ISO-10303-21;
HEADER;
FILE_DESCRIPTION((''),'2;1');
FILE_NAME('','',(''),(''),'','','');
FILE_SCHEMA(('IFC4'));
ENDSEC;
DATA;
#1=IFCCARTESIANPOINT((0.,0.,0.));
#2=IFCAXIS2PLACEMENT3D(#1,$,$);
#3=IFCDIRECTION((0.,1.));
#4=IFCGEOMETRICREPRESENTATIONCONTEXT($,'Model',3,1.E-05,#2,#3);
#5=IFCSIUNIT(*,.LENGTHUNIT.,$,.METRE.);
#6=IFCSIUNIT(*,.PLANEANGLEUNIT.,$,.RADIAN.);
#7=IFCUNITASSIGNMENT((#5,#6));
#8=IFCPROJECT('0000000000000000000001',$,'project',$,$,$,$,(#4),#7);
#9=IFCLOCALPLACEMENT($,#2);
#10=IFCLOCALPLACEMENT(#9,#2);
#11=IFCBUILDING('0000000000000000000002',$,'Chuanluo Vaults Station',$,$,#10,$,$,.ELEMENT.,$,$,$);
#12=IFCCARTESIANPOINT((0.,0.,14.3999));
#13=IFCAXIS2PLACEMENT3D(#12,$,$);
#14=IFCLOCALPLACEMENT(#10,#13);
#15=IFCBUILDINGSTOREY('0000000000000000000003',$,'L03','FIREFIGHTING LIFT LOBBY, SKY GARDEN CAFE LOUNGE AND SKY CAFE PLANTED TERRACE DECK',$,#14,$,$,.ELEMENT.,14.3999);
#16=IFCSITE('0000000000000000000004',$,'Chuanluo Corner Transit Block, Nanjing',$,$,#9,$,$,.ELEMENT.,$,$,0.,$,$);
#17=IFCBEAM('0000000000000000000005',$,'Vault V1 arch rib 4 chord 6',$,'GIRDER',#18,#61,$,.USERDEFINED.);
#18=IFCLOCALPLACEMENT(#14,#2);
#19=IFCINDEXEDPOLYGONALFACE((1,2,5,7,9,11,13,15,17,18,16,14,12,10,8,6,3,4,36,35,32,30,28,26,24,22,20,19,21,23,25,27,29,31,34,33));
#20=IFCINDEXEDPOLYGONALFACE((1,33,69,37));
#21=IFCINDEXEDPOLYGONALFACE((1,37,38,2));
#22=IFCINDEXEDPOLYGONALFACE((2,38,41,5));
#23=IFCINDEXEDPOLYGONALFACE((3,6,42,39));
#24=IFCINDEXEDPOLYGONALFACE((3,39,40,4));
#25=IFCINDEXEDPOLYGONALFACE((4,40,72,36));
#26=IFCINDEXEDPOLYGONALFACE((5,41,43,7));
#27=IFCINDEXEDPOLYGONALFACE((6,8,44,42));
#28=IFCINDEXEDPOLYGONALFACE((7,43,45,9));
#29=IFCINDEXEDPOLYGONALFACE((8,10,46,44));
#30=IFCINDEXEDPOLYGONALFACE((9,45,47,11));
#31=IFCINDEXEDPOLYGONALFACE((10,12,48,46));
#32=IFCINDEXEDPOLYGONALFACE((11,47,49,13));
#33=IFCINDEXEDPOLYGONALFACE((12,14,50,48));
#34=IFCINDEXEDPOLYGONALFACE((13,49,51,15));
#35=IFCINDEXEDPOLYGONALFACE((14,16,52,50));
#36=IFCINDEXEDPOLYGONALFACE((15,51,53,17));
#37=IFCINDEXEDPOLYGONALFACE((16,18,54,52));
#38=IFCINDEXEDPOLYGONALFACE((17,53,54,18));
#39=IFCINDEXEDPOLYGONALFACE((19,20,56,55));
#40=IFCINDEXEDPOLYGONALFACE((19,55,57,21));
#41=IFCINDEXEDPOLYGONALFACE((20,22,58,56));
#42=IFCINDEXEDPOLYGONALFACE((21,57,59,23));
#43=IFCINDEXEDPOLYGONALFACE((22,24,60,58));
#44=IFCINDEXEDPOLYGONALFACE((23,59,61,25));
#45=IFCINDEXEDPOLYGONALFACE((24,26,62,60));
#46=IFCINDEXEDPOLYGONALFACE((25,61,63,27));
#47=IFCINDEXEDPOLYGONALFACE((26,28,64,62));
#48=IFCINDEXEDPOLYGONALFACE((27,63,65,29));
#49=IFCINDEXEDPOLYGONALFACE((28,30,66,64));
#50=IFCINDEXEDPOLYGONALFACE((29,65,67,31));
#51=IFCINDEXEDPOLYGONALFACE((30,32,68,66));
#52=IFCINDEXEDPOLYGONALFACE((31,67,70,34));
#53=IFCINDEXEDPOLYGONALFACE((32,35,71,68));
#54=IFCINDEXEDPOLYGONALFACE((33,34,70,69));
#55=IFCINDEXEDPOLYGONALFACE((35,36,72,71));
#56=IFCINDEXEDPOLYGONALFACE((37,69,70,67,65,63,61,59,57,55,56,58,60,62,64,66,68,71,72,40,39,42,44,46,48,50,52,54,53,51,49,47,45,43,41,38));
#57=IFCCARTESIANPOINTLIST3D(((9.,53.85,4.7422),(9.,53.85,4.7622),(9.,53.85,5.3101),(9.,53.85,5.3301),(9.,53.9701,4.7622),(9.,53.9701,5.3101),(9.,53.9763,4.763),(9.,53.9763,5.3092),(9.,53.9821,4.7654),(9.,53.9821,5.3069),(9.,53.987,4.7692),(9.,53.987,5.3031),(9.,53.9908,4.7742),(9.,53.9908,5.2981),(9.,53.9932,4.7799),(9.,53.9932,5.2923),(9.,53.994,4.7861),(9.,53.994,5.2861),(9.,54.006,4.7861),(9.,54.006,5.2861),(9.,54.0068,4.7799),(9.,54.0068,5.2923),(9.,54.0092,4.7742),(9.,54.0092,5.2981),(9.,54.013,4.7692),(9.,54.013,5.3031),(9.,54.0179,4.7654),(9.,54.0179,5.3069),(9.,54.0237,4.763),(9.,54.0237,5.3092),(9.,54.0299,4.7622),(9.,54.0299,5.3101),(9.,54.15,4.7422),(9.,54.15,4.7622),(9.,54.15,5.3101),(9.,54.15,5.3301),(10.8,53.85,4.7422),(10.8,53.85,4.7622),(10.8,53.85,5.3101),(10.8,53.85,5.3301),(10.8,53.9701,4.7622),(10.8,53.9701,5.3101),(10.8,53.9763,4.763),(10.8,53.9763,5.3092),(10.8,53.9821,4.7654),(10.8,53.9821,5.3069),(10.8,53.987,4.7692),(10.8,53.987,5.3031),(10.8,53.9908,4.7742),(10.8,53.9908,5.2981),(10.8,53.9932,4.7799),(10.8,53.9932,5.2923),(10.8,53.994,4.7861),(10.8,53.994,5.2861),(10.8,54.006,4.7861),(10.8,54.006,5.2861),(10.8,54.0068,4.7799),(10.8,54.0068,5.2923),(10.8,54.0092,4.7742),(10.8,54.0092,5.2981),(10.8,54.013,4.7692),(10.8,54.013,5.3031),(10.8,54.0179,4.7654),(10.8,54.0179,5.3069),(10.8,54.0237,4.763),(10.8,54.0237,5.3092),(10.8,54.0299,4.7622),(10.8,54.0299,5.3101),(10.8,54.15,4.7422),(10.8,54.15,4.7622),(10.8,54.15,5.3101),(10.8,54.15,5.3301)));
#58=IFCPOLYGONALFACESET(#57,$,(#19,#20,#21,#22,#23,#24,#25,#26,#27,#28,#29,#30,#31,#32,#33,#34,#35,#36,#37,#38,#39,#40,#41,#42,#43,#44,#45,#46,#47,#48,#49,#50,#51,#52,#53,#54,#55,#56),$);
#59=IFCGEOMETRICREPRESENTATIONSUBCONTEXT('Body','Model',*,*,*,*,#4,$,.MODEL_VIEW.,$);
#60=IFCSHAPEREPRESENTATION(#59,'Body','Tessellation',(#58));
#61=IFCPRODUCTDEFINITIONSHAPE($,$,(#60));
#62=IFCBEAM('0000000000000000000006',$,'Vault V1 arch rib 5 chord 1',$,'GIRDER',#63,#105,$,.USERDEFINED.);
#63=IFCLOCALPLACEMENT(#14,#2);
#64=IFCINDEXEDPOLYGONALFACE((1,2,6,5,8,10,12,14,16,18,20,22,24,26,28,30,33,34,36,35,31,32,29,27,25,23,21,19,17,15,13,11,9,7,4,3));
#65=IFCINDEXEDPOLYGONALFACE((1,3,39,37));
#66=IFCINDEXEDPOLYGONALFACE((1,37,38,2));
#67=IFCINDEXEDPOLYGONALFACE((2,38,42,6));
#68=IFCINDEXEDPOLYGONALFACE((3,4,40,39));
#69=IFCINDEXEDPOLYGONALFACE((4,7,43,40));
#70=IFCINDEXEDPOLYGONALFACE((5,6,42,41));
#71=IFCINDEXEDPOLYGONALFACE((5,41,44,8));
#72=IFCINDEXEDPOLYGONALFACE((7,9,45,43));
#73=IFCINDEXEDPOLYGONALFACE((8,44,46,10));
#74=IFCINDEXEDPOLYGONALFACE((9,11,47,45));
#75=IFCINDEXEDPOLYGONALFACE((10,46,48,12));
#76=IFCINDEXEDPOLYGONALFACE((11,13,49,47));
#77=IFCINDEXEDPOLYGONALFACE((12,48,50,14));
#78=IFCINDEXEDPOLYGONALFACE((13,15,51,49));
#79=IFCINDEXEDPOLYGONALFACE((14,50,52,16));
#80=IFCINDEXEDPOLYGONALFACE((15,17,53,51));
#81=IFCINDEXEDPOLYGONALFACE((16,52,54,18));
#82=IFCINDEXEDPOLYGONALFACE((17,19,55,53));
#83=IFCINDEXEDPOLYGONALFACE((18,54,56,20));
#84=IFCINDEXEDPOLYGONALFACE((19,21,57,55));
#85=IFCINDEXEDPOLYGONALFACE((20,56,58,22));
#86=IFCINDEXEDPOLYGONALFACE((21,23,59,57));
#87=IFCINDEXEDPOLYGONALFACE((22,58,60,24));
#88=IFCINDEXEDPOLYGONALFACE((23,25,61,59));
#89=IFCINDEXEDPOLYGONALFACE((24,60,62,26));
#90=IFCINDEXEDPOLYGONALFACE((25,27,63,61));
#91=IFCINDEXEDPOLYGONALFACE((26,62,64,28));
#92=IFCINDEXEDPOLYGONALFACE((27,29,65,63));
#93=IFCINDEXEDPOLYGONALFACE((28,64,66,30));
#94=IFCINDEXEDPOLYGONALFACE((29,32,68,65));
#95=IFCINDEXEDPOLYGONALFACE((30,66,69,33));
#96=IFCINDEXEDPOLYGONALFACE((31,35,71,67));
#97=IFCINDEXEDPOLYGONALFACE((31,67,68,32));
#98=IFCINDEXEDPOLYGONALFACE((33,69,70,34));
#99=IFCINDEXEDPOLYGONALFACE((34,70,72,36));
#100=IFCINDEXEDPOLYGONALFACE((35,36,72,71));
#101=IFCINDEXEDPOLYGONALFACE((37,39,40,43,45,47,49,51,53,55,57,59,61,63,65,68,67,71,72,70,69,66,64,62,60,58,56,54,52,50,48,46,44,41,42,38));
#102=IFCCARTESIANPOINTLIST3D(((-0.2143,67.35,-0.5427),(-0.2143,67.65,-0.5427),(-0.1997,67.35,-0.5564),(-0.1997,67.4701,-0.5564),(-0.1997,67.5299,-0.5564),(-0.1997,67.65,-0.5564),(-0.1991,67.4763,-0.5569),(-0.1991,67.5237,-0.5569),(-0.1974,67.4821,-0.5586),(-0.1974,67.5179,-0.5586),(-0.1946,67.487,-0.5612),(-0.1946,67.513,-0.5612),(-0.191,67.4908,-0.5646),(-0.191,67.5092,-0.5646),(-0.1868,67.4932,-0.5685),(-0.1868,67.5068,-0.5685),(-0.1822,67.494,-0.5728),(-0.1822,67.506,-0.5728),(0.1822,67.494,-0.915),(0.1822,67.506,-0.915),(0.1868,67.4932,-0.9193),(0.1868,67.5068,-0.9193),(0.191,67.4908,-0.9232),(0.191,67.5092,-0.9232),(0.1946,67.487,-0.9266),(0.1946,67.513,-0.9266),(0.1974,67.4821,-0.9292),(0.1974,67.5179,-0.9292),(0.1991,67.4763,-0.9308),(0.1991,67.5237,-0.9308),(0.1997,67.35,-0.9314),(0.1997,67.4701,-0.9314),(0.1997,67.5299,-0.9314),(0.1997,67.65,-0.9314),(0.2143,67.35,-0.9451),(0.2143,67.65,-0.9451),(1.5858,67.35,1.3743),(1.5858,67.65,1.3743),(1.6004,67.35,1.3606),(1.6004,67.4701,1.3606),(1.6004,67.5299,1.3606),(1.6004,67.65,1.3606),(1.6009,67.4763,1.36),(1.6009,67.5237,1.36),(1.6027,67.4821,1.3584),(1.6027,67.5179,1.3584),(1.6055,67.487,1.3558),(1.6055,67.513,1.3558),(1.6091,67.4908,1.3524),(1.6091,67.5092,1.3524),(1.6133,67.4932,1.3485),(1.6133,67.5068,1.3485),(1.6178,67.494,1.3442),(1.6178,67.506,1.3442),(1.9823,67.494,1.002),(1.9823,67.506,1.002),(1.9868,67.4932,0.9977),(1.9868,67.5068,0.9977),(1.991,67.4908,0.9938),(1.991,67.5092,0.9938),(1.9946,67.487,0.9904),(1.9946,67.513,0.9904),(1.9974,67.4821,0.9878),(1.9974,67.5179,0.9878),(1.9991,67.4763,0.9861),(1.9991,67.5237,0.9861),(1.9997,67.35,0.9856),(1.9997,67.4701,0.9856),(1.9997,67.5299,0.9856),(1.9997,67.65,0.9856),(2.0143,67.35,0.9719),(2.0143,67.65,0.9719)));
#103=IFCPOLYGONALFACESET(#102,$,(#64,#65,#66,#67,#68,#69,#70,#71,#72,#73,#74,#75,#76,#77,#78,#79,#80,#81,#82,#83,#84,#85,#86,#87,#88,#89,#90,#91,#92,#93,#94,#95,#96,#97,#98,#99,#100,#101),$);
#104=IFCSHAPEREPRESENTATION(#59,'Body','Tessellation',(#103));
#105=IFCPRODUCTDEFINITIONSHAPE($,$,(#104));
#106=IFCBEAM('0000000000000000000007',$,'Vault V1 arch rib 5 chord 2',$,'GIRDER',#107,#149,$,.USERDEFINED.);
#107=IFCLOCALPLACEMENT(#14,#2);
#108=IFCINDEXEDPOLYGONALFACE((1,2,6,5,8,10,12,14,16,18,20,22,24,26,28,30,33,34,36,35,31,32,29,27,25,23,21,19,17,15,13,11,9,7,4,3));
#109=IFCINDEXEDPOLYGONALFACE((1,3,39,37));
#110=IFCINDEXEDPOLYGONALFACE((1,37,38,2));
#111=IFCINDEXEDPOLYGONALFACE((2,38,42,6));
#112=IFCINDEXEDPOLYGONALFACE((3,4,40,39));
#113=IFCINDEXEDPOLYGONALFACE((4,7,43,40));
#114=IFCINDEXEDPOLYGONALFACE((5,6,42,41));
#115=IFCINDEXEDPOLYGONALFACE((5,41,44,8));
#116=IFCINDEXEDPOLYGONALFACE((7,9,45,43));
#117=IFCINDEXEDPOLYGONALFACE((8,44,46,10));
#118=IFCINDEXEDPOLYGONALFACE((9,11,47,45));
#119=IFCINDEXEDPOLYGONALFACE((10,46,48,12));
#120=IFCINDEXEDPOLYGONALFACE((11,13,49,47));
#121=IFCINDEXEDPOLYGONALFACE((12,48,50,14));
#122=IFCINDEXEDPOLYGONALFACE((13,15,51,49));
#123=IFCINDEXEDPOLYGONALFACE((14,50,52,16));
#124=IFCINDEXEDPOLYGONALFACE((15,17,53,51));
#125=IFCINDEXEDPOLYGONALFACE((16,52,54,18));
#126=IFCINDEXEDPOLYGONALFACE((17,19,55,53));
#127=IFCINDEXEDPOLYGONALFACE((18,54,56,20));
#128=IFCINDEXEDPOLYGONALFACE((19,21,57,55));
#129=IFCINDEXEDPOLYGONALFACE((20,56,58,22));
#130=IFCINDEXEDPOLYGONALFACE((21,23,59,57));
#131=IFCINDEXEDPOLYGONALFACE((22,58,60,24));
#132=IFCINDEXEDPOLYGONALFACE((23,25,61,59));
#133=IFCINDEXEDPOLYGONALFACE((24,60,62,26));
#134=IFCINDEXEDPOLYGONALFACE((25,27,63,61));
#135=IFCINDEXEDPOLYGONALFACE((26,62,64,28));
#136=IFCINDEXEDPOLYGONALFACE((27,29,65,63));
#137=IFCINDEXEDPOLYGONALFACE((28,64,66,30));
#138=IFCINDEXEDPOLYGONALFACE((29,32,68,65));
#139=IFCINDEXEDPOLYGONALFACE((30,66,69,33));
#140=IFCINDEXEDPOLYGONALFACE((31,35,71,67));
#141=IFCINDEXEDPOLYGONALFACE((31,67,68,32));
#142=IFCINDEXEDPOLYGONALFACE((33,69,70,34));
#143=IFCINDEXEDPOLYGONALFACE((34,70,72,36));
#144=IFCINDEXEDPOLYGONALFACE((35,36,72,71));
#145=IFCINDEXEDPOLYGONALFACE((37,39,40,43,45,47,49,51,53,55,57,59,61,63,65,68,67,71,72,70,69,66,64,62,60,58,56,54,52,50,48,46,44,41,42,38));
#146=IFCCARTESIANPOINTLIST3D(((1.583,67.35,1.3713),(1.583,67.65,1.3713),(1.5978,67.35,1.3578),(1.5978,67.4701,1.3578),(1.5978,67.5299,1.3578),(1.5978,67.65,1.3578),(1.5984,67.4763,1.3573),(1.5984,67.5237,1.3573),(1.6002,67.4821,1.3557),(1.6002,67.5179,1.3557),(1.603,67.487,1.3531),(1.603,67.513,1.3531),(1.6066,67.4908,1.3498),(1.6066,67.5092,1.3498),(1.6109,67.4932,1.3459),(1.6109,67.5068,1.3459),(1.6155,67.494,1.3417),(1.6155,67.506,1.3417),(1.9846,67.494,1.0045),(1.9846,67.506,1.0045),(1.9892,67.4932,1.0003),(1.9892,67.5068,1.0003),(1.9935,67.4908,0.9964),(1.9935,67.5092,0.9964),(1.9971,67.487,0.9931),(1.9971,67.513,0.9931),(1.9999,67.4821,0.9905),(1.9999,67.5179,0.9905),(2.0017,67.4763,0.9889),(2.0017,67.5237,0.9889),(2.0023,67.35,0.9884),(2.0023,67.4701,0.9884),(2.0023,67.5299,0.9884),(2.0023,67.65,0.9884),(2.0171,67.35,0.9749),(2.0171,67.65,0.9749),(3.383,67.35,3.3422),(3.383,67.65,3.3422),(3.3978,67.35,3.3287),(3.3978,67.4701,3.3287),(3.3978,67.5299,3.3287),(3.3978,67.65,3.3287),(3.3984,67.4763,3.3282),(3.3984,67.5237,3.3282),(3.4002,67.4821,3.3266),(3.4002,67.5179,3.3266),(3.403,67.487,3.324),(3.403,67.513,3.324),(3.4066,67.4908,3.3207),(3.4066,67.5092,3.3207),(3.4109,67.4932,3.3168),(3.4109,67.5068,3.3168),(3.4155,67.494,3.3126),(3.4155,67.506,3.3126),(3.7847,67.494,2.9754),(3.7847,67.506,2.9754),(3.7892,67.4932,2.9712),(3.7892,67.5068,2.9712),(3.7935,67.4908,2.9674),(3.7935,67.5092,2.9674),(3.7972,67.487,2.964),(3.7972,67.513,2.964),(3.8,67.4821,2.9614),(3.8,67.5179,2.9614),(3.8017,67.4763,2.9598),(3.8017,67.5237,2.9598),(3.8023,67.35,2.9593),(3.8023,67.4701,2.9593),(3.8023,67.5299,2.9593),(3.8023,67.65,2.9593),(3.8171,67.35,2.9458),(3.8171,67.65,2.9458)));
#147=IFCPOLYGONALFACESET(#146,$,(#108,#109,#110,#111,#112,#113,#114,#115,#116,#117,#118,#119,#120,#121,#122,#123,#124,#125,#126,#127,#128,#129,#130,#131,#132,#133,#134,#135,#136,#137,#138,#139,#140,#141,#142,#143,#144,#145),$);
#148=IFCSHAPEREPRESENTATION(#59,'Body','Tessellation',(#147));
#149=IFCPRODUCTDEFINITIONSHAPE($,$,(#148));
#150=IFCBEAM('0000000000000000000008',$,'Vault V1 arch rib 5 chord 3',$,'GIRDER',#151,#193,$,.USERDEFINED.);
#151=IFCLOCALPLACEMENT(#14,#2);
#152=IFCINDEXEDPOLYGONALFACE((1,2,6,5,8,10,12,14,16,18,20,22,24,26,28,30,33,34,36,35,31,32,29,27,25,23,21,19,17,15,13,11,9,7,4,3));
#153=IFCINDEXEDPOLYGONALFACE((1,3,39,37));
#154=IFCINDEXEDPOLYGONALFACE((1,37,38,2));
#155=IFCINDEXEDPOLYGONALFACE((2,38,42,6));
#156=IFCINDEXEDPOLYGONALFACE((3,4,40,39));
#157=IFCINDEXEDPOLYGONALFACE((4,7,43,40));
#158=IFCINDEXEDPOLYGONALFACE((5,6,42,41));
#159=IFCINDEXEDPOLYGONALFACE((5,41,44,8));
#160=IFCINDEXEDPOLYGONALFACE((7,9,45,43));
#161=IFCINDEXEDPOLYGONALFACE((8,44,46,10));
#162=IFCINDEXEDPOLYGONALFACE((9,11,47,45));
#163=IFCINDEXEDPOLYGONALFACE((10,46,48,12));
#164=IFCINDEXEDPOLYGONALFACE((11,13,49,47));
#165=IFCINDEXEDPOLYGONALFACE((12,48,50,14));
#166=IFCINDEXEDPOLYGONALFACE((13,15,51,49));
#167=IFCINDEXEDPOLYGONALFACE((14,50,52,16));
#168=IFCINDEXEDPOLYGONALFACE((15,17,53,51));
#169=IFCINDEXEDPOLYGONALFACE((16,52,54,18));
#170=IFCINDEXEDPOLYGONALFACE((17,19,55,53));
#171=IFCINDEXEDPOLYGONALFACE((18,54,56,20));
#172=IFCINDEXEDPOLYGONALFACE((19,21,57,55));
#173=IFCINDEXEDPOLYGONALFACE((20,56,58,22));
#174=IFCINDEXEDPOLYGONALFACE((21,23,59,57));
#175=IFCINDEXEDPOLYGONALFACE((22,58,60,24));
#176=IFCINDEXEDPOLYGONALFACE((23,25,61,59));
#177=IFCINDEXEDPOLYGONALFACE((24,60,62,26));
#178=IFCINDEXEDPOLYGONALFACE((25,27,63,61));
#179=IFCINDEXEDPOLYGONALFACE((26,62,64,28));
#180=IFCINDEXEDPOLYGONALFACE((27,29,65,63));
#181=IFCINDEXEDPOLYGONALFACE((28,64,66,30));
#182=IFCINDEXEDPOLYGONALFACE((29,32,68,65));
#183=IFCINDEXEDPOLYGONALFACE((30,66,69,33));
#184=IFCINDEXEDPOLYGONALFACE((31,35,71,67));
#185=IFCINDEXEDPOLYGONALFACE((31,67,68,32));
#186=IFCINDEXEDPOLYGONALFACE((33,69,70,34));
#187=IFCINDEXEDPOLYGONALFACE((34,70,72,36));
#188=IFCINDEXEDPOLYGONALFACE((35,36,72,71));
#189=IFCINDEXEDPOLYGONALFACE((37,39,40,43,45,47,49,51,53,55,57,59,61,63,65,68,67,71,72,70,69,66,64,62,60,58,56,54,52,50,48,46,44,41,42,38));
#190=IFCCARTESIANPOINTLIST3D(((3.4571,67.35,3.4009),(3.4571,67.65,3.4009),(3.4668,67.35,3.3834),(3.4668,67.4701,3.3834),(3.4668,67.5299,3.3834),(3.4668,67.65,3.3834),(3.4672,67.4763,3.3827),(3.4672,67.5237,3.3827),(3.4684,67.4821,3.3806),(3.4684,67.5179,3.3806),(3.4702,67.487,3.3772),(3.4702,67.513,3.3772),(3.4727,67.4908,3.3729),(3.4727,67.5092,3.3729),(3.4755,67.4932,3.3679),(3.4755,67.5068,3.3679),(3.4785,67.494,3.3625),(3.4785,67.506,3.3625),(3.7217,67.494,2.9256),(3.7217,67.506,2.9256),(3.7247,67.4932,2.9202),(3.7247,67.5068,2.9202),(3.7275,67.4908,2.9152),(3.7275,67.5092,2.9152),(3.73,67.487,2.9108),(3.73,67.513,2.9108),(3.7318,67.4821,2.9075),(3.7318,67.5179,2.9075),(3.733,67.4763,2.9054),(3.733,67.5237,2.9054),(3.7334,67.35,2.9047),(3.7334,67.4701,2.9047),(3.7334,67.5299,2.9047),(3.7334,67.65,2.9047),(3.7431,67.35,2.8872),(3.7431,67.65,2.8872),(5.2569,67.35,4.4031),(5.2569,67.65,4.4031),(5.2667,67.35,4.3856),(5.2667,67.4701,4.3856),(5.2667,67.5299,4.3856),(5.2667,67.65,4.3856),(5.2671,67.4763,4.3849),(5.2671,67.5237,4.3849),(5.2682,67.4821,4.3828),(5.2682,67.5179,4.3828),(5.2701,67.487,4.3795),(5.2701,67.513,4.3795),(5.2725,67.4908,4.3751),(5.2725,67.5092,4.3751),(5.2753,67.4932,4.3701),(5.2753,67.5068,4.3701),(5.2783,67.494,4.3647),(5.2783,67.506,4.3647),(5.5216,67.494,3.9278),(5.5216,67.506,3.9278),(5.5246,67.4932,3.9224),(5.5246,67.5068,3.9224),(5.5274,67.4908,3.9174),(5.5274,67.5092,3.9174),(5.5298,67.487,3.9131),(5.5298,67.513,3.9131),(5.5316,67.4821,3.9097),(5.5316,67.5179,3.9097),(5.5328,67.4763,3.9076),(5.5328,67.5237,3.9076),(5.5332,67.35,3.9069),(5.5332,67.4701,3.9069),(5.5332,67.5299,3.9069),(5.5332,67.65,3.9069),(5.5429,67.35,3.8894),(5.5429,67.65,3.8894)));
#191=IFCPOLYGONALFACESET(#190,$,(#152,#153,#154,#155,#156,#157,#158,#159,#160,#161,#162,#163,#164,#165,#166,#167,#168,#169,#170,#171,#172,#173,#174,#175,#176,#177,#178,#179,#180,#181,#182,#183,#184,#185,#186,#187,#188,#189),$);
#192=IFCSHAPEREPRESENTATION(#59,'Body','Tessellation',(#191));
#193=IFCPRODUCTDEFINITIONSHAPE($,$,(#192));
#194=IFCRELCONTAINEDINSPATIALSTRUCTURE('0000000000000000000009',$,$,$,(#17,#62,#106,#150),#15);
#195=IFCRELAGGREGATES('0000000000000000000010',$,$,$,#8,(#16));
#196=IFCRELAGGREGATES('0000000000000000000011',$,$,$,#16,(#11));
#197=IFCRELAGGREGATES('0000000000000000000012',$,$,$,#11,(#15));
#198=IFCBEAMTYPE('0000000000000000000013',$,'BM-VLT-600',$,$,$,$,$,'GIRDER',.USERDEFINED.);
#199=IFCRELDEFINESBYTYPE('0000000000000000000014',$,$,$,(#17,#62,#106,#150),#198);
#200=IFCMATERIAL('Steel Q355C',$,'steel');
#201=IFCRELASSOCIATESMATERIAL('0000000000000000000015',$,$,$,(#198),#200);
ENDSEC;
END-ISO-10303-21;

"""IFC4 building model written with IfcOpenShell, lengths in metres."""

from ifc_helpers import new_model, si_unit, direction, frame, origin, origin_2d, place, context, subcontext, project, spatial, i_section, extrude, material, material_profile, profile_set, type_object, element, save


model = new_model("IFC4")

# Units and contexts
model_context = context("Model", 3, precision=1e-05, world=origin(), true_north=direction((0.0, 1.0)))
body_context = subcontext(model_context, "Body", "Model", "MODEL_VIEW")
ifc_project = project(units=[si_unit("LENGTHUNIT", "METRE"), si_unit("PLANEANGLEUNIT", "RADIAN")], contexts=[model_context])

# Site, building, storey
site_placement = place(None, origin())
site = spatial("IfcSite", under=ifc_project, at=site_placement, Name="Chuanluo Corner Transit Block, Nanjing", CompositionType="ELEMENT", RefElevation=0.0)
building_placement = place(site_placement, origin())
building = spatial("IfcBuilding", under=site, at=building_placement, Name="Chuanluo Vaults Station", CompositionType="ELEMENT")
storey_placement = place(building_placement, frame((0.0, 0.0, 14.3999)))
storey = spatial("IfcBuildingStorey", under=building, at=storey_placement, Name="L03", Description="FIREFIGHTING LIFT LOBBY, SKY GARDEN CAFE LOUNGE AND SKY CAFE PLANTED TERRACE DECK", CompositionType="ELEMENT", Elevation=14.3999)

# Beams
ifc_material_1 = material(Name="Steel Q355C", Category="steel")
ifc_material_profile_1 = material_profile(ifc_material_1, i_section(OverallWidth=0.3, OverallDepth=0.5879, WebThickness=0.012, FlangeThickness=0.02, FilletRadius=0.0239, at=origin_2d()))
ifc_profile_set_1 = profile_set([ifc_material_profile_1], Name="Steel Q355C")
beam_type_1 = type_object("IfcBeamType", Name="BM-VLT-600", ElementType="GIRDER", PredefinedType="USERDEFINED", material=ifc_profile_set_1)
for number, where, z_axis, x_axis, name in (
    (1, (9.0, 54.0, 5.0361), (1.0, 0.0, 0.0), (0.0, 1.0, 0.0), "Vault V1 arch rib 4 chord 6"),
):
    element("IfcBeam", number, at=place(storey_placement, frame(where, z_axis=z_axis, x_axis=x_axis)), inside=storey, type_object=beam_type_1, Name=name, ObjectType="GIRDER", PredefinedType="USERDEFINED", context=body_context, shape_type="SweptSolid", body=[
        extrude(i_section(OverallWidth=0.3, OverallDepth=0.5879, WebThickness=0.012, FlangeThickness=0.02, FilletRadius=0.0239, at=origin_2d()), origin(), (0.0, 0.0, 1.0), 1.8),
    ])
beam_1_placement = place(storey_placement, frame((0.0, 67.5, -0.7439), z_axis=(0.684522, 0.0, 0.728993), x_axis=(0.0, 1.0, 0.0)))
element("IfcBeam", 2, at=beam_1_placement, inside=storey, type_object=beam_type_1, Name="Vault V1 arch rib 5 chord 1", ObjectType="GIRDER", PredefinedType="USERDEFINED", context=body_context, shape_type="SweptSolid", body=[
    extrude(i_section(OverallWidth=0.3, OverallDepth=0.5879, WebThickness=0.012, FlangeThickness=0.02, FilletRadius=0.0239, at=origin_2d()), origin(), (0.0, 0.0, 1.0), 2.6296),
])
beam_2_placement = place(storey_placement, frame((1.8, 67.5, 1.1731), z_axis=(0.674369, 0.0, 0.738394), x_axis=(0.0, 1.0, 0.0)))
element("IfcBeam", 3, at=beam_2_placement, inside=storey, type_object=beam_type_1, Name="Vault V1 arch rib 5 chord 2", ObjectType="GIRDER", PredefinedType="USERDEFINED", context=body_context, shape_type="SweptSolid", body=[
    extrude(i_section(OverallWidth=0.3, OverallDepth=0.5879, WebThickness=0.012, FlangeThickness=0.02, FilletRadius=0.0239, at=origin_2d()), origin(), (0.0, 0.0, 1.0), 2.6692),
])
beam_3_placement = place(storey_placement, frame((3.6001, 67.5, 3.144), z_axis=(0.873682, 0.0, 0.486498), x_axis=(0.0, 1.0, 0.0)))
element("IfcBeam", 4, at=beam_3_placement, inside=storey, type_object=beam_type_1, Name="Vault V1 arch rib 5 chord 3", ObjectType="GIRDER", PredefinedType="USERDEFINED", context=body_context, shape_type="SweptSolid", body=[
    extrude(i_section(OverallWidth=0.3, OverallDepth=0.5879, WebThickness=0.012, FlangeThickness=0.02, FilletRadius=0.0239, at=origin_2d()), origin(), (0.0, 0.0, 1.0), 2.0601),
])

save(model, "model.ifc")
